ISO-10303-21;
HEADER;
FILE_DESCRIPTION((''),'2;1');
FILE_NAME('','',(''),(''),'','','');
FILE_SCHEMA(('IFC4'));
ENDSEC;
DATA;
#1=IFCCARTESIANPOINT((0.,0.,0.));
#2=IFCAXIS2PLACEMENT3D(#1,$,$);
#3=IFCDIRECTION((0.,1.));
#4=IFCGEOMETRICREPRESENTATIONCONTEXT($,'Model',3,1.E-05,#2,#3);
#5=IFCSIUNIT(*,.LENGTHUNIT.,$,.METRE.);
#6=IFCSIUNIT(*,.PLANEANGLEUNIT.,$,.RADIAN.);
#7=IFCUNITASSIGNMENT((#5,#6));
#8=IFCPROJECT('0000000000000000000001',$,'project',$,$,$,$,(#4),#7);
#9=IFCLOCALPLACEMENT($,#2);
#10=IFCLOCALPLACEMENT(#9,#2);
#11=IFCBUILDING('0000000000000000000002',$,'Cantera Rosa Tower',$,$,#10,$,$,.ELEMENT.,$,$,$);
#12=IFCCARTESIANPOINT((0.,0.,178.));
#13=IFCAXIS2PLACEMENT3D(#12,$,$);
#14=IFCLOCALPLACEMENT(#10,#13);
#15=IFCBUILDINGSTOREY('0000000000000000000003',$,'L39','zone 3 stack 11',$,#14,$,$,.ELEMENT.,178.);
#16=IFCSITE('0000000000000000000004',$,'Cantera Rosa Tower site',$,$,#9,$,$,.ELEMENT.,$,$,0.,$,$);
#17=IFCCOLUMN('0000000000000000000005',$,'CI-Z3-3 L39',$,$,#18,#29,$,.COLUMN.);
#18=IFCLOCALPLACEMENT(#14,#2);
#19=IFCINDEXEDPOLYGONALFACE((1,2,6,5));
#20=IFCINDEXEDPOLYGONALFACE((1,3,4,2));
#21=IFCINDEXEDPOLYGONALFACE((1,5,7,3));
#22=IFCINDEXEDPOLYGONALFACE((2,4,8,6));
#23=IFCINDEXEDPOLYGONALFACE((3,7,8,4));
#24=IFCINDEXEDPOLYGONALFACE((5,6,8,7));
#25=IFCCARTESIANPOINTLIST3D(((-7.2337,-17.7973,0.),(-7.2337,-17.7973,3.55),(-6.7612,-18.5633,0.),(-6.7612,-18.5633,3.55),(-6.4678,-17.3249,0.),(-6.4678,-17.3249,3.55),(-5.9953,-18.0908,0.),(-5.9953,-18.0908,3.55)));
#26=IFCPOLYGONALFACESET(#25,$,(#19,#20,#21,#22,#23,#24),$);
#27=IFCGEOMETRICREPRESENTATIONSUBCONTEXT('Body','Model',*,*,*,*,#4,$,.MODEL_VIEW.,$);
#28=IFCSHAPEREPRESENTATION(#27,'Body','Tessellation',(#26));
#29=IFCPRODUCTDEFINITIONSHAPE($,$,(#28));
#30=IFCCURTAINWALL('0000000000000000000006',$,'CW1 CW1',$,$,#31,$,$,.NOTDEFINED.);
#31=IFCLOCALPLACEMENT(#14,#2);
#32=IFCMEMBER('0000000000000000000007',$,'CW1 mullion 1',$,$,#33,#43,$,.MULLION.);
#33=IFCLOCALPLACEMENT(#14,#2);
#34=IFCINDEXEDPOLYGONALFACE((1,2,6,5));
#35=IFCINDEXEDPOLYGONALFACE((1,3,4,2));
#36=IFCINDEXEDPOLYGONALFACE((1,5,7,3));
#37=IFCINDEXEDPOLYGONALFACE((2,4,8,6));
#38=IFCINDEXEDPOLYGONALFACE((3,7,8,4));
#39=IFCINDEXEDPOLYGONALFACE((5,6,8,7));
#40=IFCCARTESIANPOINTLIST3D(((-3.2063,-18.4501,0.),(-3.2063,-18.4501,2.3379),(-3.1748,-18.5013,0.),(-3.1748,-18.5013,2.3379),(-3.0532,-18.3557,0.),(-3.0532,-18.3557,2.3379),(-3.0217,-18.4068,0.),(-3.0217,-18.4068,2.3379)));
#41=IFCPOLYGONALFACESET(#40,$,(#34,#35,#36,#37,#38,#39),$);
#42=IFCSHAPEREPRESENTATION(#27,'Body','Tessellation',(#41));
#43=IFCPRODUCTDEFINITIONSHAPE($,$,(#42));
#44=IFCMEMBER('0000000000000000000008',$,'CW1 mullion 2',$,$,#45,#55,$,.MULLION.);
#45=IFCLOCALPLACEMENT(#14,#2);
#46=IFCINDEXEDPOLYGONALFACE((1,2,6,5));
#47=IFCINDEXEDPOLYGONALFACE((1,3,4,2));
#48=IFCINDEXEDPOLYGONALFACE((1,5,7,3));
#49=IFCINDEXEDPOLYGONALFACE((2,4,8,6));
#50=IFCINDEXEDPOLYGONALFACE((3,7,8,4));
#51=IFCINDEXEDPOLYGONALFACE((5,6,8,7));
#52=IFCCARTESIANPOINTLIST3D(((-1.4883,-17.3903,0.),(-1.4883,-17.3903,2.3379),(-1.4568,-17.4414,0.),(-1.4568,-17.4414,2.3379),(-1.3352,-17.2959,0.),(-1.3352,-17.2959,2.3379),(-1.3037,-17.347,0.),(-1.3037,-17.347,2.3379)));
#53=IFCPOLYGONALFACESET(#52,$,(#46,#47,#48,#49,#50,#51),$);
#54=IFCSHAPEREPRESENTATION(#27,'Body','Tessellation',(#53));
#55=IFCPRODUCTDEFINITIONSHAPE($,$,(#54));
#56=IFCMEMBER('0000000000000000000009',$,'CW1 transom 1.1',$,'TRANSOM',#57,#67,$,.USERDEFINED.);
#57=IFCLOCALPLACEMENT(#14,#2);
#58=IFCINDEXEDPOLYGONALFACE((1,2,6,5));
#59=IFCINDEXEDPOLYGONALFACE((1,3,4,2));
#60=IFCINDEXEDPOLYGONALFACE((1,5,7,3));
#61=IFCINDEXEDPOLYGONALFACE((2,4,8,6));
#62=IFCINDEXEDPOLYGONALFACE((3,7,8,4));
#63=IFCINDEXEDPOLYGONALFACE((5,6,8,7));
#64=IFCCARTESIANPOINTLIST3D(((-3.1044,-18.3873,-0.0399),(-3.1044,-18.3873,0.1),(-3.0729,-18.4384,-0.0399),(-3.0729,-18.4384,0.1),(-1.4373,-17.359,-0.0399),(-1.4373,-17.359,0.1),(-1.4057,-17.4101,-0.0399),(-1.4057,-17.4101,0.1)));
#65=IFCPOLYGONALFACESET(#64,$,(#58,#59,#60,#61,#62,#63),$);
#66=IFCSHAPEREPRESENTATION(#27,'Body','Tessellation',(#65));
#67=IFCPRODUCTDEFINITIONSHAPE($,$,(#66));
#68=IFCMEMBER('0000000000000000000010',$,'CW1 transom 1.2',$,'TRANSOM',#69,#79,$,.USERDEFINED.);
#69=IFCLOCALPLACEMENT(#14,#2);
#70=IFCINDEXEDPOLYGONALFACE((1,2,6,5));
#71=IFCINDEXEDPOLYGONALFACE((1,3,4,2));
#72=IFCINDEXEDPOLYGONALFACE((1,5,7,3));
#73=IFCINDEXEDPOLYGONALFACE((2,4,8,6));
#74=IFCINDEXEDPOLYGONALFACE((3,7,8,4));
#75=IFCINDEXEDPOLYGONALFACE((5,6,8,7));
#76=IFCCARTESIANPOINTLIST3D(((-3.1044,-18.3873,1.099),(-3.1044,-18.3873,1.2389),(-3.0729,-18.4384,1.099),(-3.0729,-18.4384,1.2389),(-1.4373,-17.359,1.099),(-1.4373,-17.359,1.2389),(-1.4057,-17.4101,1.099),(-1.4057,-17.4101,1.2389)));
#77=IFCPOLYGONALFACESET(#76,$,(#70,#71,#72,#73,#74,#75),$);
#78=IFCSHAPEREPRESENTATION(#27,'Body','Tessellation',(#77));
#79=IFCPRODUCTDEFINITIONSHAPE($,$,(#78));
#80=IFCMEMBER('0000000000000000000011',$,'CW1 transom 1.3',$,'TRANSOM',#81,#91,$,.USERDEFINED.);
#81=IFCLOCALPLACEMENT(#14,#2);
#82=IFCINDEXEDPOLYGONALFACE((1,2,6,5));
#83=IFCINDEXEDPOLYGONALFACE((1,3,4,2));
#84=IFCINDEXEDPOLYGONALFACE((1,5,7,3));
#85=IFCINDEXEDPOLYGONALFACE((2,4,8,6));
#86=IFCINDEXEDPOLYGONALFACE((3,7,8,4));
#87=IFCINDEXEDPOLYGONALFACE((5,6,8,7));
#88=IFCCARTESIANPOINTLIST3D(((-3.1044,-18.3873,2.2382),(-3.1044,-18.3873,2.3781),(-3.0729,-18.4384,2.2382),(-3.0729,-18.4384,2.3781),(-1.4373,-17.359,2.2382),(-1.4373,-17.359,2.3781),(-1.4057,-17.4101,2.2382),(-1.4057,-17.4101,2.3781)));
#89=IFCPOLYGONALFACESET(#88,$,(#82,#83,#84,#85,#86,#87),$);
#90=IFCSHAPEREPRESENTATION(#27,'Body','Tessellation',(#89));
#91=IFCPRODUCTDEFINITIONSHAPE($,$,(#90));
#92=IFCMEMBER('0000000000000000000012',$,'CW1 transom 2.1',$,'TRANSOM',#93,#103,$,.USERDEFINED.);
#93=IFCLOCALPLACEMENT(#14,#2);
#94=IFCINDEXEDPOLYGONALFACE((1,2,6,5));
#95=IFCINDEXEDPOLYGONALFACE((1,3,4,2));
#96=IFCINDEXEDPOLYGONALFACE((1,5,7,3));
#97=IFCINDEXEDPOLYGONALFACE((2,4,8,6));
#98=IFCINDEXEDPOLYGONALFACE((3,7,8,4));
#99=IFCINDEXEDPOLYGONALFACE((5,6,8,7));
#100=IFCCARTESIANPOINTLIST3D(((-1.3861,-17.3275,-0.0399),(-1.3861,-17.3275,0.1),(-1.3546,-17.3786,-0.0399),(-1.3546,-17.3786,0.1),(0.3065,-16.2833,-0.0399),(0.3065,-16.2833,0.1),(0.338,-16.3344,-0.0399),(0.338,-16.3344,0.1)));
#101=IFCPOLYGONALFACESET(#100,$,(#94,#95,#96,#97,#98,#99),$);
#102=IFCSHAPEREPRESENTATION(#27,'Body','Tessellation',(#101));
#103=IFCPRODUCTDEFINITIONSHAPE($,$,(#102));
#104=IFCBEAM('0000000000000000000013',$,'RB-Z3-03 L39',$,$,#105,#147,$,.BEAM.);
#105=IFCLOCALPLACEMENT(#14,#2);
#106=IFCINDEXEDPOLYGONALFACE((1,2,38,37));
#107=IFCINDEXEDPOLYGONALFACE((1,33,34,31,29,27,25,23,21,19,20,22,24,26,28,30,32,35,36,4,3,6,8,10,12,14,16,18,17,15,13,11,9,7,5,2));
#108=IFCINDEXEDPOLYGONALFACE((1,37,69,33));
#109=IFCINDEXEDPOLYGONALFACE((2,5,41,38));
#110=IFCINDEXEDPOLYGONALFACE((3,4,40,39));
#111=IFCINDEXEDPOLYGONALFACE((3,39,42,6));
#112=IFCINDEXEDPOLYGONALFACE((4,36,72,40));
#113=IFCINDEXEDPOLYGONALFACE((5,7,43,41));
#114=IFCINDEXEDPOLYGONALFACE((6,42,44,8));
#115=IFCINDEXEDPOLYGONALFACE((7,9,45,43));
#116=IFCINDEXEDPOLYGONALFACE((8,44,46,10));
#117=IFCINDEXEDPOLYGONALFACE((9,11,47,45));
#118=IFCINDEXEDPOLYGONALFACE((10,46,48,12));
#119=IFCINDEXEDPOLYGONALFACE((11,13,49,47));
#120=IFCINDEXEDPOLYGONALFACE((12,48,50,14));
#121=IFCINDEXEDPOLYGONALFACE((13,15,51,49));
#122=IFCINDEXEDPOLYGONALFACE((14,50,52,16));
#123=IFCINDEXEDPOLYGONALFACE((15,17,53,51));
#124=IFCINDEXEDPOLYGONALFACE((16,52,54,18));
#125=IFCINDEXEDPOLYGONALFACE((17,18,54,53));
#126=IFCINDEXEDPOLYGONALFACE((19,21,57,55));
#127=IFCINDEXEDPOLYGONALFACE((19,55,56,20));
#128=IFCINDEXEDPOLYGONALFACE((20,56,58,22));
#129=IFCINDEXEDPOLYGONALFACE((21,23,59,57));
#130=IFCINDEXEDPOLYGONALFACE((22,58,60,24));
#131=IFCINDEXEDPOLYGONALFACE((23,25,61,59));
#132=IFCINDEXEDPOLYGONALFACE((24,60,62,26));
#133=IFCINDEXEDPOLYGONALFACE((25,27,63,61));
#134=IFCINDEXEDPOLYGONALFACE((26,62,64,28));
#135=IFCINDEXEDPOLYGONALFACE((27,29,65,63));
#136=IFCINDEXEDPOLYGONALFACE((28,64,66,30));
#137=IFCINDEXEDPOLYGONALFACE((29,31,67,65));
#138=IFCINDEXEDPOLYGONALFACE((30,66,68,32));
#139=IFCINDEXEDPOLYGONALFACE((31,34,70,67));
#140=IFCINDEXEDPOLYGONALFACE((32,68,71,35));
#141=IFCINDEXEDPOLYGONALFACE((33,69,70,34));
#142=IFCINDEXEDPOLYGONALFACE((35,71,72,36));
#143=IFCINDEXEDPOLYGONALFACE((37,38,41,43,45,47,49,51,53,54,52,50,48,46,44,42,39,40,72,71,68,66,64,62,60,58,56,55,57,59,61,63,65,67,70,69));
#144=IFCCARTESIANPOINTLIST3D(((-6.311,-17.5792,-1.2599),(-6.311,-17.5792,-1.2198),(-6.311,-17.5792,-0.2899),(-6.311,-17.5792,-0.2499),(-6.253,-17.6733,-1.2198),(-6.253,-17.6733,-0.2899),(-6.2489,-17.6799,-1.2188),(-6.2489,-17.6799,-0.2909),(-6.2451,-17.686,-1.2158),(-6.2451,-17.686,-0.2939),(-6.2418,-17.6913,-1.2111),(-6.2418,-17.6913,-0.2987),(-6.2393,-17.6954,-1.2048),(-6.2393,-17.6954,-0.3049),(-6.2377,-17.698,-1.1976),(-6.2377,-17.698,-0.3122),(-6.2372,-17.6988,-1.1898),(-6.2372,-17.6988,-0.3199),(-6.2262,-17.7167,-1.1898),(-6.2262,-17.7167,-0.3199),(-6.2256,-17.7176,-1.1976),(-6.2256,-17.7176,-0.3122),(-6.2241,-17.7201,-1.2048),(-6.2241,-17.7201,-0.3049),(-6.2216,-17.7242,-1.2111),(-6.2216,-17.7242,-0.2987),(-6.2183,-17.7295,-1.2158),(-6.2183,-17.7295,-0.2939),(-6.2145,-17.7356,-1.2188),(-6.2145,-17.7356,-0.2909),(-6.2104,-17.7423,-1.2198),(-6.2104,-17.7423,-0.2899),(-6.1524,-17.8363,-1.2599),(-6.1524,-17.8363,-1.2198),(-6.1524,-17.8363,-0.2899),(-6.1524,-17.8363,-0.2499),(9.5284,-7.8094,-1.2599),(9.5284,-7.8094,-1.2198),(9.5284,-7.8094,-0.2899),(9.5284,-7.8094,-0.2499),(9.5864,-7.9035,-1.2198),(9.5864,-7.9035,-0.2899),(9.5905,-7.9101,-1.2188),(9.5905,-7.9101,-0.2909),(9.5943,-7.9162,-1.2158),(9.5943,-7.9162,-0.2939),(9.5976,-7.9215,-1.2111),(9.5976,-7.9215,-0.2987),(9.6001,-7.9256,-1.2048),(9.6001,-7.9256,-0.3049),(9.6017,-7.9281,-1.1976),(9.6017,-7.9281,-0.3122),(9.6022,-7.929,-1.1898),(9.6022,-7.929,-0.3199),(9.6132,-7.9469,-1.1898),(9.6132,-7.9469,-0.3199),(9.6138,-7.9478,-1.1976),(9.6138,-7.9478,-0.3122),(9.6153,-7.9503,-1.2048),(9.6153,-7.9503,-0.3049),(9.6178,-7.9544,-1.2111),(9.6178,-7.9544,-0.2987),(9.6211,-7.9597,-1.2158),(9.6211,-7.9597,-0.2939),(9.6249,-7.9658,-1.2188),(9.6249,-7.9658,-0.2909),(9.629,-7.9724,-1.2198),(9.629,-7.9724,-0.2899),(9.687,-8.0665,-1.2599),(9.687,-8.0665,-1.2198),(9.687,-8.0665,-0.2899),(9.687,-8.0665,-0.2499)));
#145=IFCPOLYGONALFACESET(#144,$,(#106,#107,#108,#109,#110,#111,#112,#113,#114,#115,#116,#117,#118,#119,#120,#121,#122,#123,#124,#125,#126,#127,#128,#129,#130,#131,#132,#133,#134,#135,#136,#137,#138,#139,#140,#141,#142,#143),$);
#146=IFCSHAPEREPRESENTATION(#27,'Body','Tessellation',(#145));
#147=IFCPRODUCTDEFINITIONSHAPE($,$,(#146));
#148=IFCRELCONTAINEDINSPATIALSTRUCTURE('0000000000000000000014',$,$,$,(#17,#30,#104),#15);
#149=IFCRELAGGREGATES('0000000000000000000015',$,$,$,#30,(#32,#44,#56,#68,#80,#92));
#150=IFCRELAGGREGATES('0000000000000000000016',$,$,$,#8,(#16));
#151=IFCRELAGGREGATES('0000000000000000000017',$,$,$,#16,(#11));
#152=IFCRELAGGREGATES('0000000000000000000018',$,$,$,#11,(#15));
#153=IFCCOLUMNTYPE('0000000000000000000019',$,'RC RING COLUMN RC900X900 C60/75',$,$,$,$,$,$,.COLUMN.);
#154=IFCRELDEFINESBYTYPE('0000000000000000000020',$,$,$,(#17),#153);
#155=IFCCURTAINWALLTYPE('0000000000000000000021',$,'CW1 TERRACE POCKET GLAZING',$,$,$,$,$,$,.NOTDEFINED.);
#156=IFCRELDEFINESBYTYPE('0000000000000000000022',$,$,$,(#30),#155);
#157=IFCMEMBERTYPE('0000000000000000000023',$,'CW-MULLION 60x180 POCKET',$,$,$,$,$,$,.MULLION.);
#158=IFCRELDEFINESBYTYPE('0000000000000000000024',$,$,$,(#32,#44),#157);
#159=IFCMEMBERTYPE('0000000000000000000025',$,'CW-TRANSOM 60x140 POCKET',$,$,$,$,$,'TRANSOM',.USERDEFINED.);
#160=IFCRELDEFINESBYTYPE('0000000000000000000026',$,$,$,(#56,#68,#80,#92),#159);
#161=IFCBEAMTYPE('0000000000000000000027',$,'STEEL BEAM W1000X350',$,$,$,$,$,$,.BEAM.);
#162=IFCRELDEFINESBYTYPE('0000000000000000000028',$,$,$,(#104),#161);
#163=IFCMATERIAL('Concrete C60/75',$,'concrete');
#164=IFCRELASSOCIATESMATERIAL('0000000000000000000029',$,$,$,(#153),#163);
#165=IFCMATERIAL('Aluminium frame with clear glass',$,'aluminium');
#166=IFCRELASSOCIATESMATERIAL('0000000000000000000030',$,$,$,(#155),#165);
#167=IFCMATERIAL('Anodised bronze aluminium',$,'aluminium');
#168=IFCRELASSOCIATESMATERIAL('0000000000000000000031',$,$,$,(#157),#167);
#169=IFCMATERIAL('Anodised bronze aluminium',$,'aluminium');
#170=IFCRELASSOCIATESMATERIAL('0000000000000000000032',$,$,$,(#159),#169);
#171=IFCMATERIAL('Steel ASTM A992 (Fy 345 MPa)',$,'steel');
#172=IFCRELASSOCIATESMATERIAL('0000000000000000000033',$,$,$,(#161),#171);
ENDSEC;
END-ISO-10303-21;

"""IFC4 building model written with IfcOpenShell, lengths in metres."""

from ifc_helpers import new_model, si_unit, direction, frame, origin, origin_2d, place, context, subcontext, project, spatial, rectangle, i_section, extrude, material, material_profile, profile_set, type_object, element, aggregate, save


model = new_model("IFC4")

# Units and contexts
model_context = context("Model", 3, precision=1e-05, world=origin(), true_north=direction((0.0, 1.0)))
body_context = subcontext(model_context, "Body", "Model", "MODEL_VIEW")
ifc_project = project(units=[si_unit("LENGTHUNIT", "METRE"), si_unit("PLANEANGLEUNIT", "RADIAN")], contexts=[model_context])

# Site, building, storey
site_placement = place(None, origin())
site = spatial("IfcSite", under=ifc_project, at=site_placement, Name="Cantera Rosa Tower site", CompositionType="ELEMENT", RefElevation=0.0)
building_placement = place(site_placement, origin())
building = spatial("IfcBuilding", under=site, at=building_placement, Name="Cantera Rosa Tower", CompositionType="ELEMENT")
storey_placement = place(building_placement, frame((0.0, 0.0, 178.0)))
storey = spatial("IfcBuildingStorey", under=building, at=storey_placement, Name="L39", Description="zone 3 stack 11", CompositionType="ELEMENT", Elevation=178.0)

# Column
ifc_material_1 = material(Name="Concrete C60/75", Category="concrete")
ifc_material_profile_1 = material_profile(ifc_material_1, rectangle(XDim=0.8999, YDim=0.8999, at=origin_2d()), Name="RC RING COLUMN RC900X900 C60/75")
ifc_profile_set_1 = profile_set([ifc_material_profile_1], Name="Concrete C60/75")
column_type = type_object("IfcColumnType", Name="RC RING COLUMN RC900X900 C60/75", PredefinedType="COLUMN", material=ifc_profile_set_1)
column_placement = place(storey_placement, frame((-6.6145, -17.9441, 0.0), z_axis=(0.0, 0.0, 1.0), x_axis=(0.851117, 0.524977, 0.0)))
element("IfcColumn", 1, at=column_placement, inside=storey, type_object=column_type, Name="CI-Z3-3 L39", PredefinedType="COLUMN", context=body_context, shape_type="SweptSolid", body=[
    extrude(rectangle(XDim=0.8999, YDim=0.8999, at=origin_2d()), origin(), (0.0, 0.0, 1.0), 3.55),
])

# Curtain wall, members
ifc_material_2 = material(Name="Aluminium frame with clear glass", Category="aluminium")
curtain_wall_type = type_object("IfcCurtainWallType", Name="CW1 TERRACE POCKET GLAZING", PredefinedType="NOTDEFINED", material=ifc_material_2)
curtain_wall_placement = place(storey_placement, origin())
curtain_wall = element("IfcCurtainWall", 2, at=curtain_wall_placement, inside=storey, type_object=curtain_wall_type, Name="CW1 CW1", PredefinedType="NOTDEFINED")
ifc_material_3 = material(Name="Anodised bronze aluminium", Category="aluminium")
ifc_material_profile_2 = material_profile(ifc_material_3, rectangle(XDim=0.0601, YDim=0.1799, at=origin_2d()), Name="CW-MULLION 60x180 POCKET")
ifc_profile_set_2 = profile_set([ifc_material_profile_2], Name="Anodised bronze aluminium")
member_type_1 = type_object("IfcMemberType", Name="CW-MULLION 60x180 POCKET", PredefinedType="MULLION", material=ifc_profile_set_2)
member_1_placement = place(storey_placement, frame((-3.114, -18.4285, 0.0), z_axis=(0.0, 0.0, 1.0), x_axis=(-0.524977, 0.851117, 0.0)))
member_1 = element("IfcMember", 3, at=member_1_placement, type_object=member_type_1, Name="CW1 mullion 1", PredefinedType="MULLION", context=body_context, shape_type="SweptSolid", body=[
    extrude(rectangle(XDim=0.0601, YDim=0.1799, at=origin_2d()), origin(), (0.0, 0.0, 1.0), 2.3379),
])
member_2_placement = place(storey_placement, frame((-1.396, -17.3687, 0.0), z_axis=(0.0, 0.0, 1.0), x_axis=(-0.524977, 0.851117, 0.0)))
member_2 = element("IfcMember", 4, at=member_2_placement, type_object=member_type_1, Name="CW1 mullion 2", PredefinedType="MULLION", context=body_context, shape_type="SweptSolid", body=[
    extrude(rectangle(XDim=0.0601, YDim=0.1799, at=origin_2d()), origin(), (0.0, 0.0, 1.0), 2.3379),
])
ifc_material_4 = material(Name="Anodised bronze aluminium", Category="aluminium")
ifc_material_profile_3 = material_profile(ifc_material_4, rectangle(XDim=0.0601, YDim=0.1399, at=origin_2d()), Name="CW-TRANSOM 60x140 POCKET")
ifc_profile_set_3 = profile_set([ifc_material_profile_3], Name="Anodised bronze aluminium")
member_type_2 = type_object("IfcMemberType", Name="CW-TRANSOM 60x140 POCKET", ElementType="TRANSOM", PredefinedType="USERDEFINED", material=ifc_profile_set_3)
member_3_placement = place(storey_placement, frame((-3.0886, -18.4128, 0.03), z_axis=(0.851127, 0.524959, 0.0), x_axis=(-0.524959, 0.851127, 0.0)))
member_3 = element("IfcMember", 5, at=member_3_placement, type_object=member_type_2, Name="CW1 transom 1.1", ObjectType="TRANSOM", PredefinedType="USERDEFINED", context=body_context, shape_type="SweptSolid", body=[
    extrude(rectangle(XDim=0.0601, YDim=0.1399, at=origin_2d()), origin(), (0.0, 0.0, 1.0), 1.9587),
])
member_4_placement = place(storey_placement, frame((-3.0886, -18.4128, 1.1689), z_axis=(0.851127, 0.524959, 0.0), x_axis=(-0.524959, 0.851127, 0.0)))
member_4 = element("IfcMember", 6, at=member_4_placement, type_object=member_type_2, Name="CW1 transom 1.2", ObjectType="TRANSOM", PredefinedType="USERDEFINED", context=body_context, shape_type="SweptSolid", body=[
    extrude(rectangle(XDim=0.0601, YDim=0.1399, at=origin_2d()), origin(), (0.0, 0.0, 1.0), 1.9587),
])
member_5_placement = place(storey_placement, frame((-3.0886, -18.4128, 2.3081), z_axis=(0.851127, 0.524959, 0.0), x_axis=(-0.524959, 0.851127, 0.0)))
member_5 = element("IfcMember", 7, at=member_5_placement, type_object=member_type_2, Name="CW1 transom 1.3", ObjectType="TRANSOM", PredefinedType="USERDEFINED", context=body_context, shape_type="SweptSolid", body=[
    extrude(rectangle(XDim=0.0601, YDim=0.1399, at=origin_2d()), origin(), (0.0, 0.0, 1.0), 1.9587),
])
member_6_placement = place(storey_placement, frame((-1.3704, -17.353, 0.03), z_axis=(0.85108, 0.525035, 0.0), x_axis=(-0.525035, 0.85108, 0.0)))
member_6 = element("IfcMember", 8, at=member_6_placement, type_object=member_type_2, Name="CW1 transom 2.1", ObjectType="TRANSOM", PredefinedType="USERDEFINED", context=body_context, shape_type="SweptSolid", body=[
    extrude(rectangle(XDim=0.0601, YDim=0.1399, at=origin_2d()), origin(), (0.0, 0.0, 1.0), 1.9888),
])

# Beam
ifc_material_5 = material(Name="Steel ASTM A992 (Fy 345 MPa)", Category="steel")
ifc_material_profile_4 = material_profile(ifc_material_5, i_section(OverallWidth=0.302, OverallDepth=1.01, WebThickness=0.021, FlangeThickness=0.04, FilletRadius=0.03, at=origin_2d()), Name="W1000X350")
ifc_profile_set_4 = profile_set([ifc_material_profile_4], Name="Steel ASTM A992 (Fy 345 MPa)")
beam_type_1 = type_object("IfcBeamType", Name="STEEL BEAM W1000X350", PredefinedType="BEAM", material=ifc_profile_set_4)
beam_1_placement = place(storey_placement, frame((-6.2317, -17.7078, -0.7549), z_axis=(0.851119, 0.524973, 0.0), x_axis=(-0.524973, 0.851119, 0.0)))
element("IfcBeam", 9, at=beam_1_placement, inside=storey, type_object=beam_type_1, Name="RB-Z3-03 L39", PredefinedType="BEAM", context=body_context, shape_type="SweptSolid", body=[
    extrude(i_section(OverallWidth=0.302, OverallDepth=1.01, WebThickness=0.021, FlangeThickness=0.04, FilletRadius=0.03, at=origin_2d()), origin(), (0.0, 0.0, 1.0), 18.6101),
])

aggregate(curtain_wall, [member_1, member_2, member_3, member_4, member_5, member_6])

save(model, "model.ifc")
